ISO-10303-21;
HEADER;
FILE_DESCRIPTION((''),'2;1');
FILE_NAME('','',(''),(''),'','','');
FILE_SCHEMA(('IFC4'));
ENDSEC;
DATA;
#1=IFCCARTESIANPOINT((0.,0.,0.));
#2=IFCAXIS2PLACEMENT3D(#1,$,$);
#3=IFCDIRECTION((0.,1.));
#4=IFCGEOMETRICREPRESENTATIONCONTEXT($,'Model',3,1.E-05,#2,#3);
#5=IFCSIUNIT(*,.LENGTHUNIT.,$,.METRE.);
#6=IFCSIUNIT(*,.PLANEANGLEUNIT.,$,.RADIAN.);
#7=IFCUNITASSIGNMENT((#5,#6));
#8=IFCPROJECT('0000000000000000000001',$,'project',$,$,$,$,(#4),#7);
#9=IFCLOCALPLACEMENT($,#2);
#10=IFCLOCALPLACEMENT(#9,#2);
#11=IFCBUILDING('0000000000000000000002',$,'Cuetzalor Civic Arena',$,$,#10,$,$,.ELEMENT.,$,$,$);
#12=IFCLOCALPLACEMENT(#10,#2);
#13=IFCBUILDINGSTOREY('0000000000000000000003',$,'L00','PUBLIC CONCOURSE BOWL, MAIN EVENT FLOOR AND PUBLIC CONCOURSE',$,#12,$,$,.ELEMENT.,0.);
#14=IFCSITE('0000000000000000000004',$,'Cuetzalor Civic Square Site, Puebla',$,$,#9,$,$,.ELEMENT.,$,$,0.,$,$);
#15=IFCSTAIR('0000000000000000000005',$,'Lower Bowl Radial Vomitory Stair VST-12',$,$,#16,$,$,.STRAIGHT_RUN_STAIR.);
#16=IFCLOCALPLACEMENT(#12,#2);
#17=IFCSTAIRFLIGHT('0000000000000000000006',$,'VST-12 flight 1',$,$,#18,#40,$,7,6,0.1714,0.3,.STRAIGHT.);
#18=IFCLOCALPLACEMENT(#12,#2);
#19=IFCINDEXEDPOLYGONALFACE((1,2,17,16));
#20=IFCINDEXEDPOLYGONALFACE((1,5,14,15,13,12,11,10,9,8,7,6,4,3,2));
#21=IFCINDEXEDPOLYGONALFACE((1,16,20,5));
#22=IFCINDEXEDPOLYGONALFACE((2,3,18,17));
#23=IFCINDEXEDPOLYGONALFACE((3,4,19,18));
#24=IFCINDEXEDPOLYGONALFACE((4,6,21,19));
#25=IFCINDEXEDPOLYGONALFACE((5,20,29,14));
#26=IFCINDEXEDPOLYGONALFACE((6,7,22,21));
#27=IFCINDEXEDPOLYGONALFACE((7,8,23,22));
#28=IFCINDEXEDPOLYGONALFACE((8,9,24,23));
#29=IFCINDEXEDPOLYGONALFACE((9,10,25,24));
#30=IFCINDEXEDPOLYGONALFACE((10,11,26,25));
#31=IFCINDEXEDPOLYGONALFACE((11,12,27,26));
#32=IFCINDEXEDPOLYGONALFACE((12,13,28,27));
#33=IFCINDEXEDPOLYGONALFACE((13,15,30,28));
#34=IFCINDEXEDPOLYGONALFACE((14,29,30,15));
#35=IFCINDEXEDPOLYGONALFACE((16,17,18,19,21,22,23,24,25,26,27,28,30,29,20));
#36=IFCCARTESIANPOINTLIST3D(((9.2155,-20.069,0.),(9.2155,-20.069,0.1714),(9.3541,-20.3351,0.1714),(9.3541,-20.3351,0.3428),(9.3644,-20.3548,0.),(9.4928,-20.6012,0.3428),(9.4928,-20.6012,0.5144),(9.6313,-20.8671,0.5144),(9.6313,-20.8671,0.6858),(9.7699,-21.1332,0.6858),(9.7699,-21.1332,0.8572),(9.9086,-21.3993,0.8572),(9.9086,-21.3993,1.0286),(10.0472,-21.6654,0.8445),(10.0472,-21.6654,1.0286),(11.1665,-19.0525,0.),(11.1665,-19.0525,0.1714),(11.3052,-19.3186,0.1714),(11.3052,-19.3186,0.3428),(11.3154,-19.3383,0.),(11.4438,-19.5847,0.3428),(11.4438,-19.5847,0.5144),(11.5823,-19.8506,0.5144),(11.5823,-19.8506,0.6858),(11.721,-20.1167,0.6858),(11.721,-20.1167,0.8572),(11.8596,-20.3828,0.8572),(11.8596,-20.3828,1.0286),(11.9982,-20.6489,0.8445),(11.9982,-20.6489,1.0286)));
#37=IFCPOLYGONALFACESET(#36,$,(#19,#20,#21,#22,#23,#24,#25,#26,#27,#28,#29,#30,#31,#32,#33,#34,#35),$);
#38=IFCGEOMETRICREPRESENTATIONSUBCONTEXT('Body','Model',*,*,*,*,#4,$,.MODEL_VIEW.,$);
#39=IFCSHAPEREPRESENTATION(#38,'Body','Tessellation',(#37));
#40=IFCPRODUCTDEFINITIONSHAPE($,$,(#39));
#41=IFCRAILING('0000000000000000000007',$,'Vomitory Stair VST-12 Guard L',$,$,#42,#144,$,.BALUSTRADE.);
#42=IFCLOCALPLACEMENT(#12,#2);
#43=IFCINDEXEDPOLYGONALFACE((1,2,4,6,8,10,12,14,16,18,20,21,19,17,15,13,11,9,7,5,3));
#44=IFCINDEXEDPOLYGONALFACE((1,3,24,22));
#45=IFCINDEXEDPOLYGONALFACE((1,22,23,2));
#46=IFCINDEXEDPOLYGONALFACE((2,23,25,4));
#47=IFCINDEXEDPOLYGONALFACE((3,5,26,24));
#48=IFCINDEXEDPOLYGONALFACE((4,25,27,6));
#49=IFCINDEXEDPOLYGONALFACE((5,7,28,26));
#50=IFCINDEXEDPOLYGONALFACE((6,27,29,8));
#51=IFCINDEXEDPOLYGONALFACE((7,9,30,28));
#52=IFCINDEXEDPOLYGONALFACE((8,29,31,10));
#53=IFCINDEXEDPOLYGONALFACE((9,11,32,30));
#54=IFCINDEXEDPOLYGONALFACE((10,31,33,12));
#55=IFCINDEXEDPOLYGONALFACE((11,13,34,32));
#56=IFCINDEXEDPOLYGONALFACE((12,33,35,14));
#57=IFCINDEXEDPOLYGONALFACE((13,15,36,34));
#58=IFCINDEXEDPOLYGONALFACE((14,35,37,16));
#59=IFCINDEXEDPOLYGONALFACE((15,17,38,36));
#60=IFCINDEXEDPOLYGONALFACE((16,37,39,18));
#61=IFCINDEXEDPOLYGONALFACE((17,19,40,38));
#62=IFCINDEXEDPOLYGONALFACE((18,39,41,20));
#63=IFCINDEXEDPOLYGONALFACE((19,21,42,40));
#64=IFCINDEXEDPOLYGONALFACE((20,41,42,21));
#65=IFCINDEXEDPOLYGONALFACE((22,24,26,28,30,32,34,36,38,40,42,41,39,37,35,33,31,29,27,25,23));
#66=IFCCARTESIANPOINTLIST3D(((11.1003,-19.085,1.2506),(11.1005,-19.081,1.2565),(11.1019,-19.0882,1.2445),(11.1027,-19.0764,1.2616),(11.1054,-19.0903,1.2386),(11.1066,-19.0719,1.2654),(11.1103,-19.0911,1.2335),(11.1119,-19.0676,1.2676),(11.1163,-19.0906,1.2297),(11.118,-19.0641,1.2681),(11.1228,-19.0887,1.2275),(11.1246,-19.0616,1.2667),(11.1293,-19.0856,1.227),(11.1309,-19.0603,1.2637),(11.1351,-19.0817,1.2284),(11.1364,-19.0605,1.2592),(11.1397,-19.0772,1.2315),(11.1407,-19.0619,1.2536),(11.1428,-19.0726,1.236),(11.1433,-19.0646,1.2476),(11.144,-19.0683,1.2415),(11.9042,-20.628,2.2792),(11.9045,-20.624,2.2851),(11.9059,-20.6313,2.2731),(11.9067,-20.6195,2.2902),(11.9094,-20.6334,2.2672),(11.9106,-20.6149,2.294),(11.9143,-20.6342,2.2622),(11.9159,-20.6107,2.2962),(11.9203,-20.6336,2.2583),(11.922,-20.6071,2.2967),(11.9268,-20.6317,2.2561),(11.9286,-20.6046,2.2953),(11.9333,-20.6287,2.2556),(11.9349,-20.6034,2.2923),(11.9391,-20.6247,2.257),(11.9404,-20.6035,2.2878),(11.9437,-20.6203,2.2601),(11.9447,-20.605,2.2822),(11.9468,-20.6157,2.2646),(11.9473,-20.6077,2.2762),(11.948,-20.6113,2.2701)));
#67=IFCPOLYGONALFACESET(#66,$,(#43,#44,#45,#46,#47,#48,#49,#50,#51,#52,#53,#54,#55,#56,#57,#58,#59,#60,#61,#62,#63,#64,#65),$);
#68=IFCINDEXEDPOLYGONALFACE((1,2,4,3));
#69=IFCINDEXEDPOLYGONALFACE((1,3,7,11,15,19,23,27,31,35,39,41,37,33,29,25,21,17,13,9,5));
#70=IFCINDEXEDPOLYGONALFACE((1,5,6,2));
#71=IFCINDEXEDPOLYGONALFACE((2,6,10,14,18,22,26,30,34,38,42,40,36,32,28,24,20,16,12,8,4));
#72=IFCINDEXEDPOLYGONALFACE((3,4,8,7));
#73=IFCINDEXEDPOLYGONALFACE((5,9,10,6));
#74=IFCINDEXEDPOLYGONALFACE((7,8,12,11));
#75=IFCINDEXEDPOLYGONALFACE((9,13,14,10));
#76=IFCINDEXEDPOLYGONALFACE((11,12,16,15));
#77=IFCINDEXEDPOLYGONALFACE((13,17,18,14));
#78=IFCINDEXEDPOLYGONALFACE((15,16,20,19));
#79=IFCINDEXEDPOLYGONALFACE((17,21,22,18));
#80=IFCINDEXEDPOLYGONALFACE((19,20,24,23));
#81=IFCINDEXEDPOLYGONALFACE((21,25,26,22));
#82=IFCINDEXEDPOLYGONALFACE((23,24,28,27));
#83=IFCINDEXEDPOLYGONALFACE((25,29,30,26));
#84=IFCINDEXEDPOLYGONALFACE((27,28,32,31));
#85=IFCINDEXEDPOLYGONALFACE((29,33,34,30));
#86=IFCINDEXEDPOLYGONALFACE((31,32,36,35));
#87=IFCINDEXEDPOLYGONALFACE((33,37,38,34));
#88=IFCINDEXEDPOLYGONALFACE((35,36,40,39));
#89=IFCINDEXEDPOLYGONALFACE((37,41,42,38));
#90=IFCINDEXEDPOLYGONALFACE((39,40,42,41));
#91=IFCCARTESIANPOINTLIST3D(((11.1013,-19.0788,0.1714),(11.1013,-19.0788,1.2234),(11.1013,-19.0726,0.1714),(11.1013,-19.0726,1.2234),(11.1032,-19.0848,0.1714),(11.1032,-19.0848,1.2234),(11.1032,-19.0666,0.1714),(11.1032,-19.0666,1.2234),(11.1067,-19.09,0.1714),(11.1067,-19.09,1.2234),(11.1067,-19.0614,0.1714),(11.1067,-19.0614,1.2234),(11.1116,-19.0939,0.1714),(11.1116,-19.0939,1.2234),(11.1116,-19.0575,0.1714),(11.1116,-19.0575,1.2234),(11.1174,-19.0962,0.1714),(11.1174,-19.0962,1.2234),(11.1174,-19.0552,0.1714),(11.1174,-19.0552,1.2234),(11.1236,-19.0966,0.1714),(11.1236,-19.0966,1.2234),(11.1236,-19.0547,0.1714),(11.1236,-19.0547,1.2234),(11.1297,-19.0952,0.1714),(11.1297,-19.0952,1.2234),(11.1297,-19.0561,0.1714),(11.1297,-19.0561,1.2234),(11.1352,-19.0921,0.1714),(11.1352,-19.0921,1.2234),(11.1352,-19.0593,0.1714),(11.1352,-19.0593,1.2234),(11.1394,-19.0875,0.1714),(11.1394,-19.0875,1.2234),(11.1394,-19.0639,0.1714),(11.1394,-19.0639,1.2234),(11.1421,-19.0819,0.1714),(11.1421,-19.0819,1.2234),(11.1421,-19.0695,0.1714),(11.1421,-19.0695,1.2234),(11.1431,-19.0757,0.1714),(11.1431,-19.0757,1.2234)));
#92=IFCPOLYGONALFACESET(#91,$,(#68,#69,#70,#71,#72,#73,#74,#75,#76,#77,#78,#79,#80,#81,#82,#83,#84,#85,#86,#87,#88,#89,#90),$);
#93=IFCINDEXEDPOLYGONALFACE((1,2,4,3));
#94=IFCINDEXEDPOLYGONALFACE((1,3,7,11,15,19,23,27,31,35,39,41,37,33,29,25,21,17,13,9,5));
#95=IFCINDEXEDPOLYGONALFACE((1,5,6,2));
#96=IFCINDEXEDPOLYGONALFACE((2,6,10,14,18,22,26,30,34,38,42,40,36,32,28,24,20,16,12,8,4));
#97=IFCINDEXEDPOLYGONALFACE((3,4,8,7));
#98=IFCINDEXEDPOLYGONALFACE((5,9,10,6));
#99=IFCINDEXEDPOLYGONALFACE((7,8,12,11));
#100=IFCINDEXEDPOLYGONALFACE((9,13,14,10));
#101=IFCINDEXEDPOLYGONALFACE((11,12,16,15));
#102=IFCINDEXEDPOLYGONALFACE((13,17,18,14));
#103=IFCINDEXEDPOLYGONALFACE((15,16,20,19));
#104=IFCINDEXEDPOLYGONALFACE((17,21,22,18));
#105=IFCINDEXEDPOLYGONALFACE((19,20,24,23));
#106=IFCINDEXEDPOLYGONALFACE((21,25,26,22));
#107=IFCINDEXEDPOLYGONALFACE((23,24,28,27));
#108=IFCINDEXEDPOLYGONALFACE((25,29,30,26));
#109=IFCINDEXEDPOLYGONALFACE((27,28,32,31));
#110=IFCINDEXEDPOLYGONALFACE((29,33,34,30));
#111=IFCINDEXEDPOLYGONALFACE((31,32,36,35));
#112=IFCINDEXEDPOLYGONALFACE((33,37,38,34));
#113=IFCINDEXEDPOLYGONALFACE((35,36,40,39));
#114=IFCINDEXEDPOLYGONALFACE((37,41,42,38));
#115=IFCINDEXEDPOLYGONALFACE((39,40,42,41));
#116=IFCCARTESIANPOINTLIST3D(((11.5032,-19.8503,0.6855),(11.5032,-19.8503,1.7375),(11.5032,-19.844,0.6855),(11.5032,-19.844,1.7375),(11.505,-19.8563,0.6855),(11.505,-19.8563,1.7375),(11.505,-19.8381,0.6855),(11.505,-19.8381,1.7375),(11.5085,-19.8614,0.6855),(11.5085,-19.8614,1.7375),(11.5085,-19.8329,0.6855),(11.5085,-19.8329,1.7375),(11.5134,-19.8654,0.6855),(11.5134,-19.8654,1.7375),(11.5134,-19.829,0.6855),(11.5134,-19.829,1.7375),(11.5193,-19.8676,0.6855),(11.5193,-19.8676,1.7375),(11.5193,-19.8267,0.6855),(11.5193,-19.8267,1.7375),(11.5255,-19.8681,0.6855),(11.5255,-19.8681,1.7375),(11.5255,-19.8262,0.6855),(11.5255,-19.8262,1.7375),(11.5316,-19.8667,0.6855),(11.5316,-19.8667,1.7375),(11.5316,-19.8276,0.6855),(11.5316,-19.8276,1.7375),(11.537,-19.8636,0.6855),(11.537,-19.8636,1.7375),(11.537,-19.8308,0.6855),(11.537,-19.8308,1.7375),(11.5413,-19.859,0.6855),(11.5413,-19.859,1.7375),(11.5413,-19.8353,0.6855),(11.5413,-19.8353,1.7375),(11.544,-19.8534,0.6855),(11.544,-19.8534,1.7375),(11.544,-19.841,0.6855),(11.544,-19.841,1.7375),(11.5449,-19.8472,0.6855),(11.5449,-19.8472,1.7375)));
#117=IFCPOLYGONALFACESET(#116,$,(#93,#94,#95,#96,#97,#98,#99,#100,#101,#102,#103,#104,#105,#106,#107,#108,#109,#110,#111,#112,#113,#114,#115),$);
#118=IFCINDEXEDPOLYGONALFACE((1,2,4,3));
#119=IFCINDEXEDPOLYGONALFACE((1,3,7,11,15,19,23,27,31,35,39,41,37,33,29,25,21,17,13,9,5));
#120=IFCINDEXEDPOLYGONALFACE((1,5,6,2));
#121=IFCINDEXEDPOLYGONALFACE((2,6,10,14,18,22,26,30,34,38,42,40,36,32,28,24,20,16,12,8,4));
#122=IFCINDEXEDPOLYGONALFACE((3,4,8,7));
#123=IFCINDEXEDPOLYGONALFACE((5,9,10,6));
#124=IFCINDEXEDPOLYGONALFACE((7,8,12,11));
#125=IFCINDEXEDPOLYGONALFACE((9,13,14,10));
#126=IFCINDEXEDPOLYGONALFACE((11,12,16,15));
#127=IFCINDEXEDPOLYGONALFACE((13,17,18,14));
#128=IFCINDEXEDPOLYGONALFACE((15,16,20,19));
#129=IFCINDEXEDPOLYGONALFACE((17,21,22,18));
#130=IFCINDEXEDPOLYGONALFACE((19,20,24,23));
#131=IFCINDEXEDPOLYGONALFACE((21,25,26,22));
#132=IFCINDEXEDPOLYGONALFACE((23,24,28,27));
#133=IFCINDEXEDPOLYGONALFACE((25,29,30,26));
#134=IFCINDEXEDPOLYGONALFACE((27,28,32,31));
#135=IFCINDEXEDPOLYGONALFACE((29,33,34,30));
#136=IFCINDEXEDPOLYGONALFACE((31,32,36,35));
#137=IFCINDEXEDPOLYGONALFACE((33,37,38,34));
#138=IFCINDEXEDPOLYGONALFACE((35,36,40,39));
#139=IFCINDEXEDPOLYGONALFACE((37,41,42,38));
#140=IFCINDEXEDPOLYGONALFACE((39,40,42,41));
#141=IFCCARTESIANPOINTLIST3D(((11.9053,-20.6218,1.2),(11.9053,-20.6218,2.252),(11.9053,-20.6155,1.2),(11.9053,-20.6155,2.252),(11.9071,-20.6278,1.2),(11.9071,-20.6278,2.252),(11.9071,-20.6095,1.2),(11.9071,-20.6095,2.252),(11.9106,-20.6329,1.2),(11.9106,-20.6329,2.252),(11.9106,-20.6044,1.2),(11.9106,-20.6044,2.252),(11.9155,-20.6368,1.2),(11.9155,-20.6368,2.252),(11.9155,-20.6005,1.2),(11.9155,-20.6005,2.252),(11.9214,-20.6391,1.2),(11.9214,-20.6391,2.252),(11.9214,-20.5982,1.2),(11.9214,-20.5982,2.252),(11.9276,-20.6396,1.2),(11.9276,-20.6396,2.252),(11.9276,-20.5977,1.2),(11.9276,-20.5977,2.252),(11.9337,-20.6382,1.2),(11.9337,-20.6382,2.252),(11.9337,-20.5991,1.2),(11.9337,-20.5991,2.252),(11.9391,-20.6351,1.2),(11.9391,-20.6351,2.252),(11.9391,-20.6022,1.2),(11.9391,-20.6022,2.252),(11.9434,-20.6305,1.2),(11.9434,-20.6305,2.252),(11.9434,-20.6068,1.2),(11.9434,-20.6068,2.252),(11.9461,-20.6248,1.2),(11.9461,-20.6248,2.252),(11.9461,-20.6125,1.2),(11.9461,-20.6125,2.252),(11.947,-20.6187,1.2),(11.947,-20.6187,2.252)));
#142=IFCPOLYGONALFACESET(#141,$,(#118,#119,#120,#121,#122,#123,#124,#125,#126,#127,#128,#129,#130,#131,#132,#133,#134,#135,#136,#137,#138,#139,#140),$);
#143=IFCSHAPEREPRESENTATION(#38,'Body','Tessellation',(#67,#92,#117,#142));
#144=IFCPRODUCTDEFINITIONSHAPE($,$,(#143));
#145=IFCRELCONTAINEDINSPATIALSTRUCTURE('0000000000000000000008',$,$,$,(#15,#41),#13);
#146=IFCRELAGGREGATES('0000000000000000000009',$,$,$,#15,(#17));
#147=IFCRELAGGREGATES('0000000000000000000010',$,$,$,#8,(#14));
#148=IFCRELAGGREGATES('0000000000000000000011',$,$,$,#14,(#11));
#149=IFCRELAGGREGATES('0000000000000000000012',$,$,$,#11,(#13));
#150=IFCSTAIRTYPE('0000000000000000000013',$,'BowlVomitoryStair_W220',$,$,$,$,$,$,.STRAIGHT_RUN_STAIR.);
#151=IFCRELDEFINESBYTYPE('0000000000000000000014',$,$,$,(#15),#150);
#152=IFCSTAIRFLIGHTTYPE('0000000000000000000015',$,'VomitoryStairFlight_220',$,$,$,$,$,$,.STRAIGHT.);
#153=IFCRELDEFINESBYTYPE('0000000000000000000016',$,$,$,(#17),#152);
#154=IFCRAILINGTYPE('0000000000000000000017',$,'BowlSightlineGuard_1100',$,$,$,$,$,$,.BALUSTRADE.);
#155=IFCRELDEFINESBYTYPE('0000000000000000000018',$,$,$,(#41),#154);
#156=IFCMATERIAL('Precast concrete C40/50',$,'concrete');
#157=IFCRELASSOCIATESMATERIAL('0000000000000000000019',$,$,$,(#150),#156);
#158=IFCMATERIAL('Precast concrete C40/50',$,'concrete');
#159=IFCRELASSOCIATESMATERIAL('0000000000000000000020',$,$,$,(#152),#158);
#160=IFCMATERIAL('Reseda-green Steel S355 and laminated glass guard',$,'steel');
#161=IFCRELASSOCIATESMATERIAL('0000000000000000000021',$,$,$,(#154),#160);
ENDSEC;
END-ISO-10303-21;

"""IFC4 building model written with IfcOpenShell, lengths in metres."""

from ifc_helpers import new_model, si_unit, direction, frame, origin, origin_2d, place, context, subcontext, project, spatial, polyline, circle, outline, extrude, material, type_object, element, aggregate, save


model = new_model("IFC4")

# Units and contexts
model_context = context("Model", 3, precision=1e-05, world=origin(), true_north=direction((0.0, 1.0)))
body_context = subcontext(model_context, "Body", "Model", "MODEL_VIEW")
ifc_project = project(units=[si_unit("LENGTHUNIT", "METRE"), si_unit("PLANEANGLEUNIT", "RADIAN")], contexts=[model_context])

# Site, building, storey
site_placement = place(None, origin())
site = spatial("IfcSite", under=ifc_project, at=site_placement, Name="Cuetzalor Civic Square Site, Puebla", CompositionType="ELEMENT", RefElevation=0.0)
building_placement = place(site_placement, origin())
building = spatial("IfcBuilding", under=site, at=building_placement, Name="Cuetzalor Civic Arena", CompositionType="ELEMENT")
storey_placement = place(building_placement, origin())
storey = spatial("IfcBuildingStorey", under=building, at=storey_placement, Name="L00", Description="PUBLIC CONCOURSE BOWL, MAIN EVENT FLOOR AND PUBLIC CONCOURSE", CompositionType="ELEMENT", Elevation=0.0)

# Stair, stair flight
ifc_material_1 = material(Name="Precast concrete C40/50", Category="concrete")
stair_type = type_object("IfcStairType", Name="BowlVomitoryStair_W220", PredefinedType="STRAIGHT_RUN_STAIR", material=ifc_material_1)
stair_placement = place(storey_placement, origin())
stair = element("IfcStair", 1, at=stair_placement, inside=storey, type_object=stair_type, Name="Lower Bowl Radial Vomitory Stair VST-12", PredefinedType="STRAIGHT_RUN_STAIR")
ifc_material_2 = material(Name="Precast concrete C40/50", Category="concrete")
stair_flight_type = type_object("IfcStairFlightType", Name="VomitoryStairFlight_220", PredefinedType="STRAIGHT", material=ifc_material_2)
stair_flight_placement = place(storey_placement, frame((10.1909, -19.5608, 0.0), z_axis=(0.0, 0.0, 1.0), x_axis=(0.462043, -0.886858, 0.0)))
stair_flight = element("IfcStairFlight", 2, at=stair_flight_placement, type_object=stair_flight_type, Name="VST-12 flight 1", NumberOfRisers=7, NumberOfTreads=6, PredefinedType="STRAIGHT", RiserHeight=0.1714, TreadLength=0.3, context=body_context, shape_type="SweptSolid", body=[
    extrude(outline(polyline([(0.0, 0.0), (0.0, 0.1714), (0.3, 0.1714), (0.3, 0.3428), (0.6001, 0.3428), (0.6001, 0.5144), (0.8999, 0.5144), (0.8999, 0.6858), (1.2, 0.6858), (1.2, 0.8572), (1.5, 0.8572), (1.5, 1.0286), (1.8, 1.0286), (1.8, 1.2), (1.8, 0.8445), (0.3223, 0.0), (0.0, 0.0)])), frame((0.0, 1.1001, 0.0), z_axis=(0.0, -1.0, 0.0), x_axis=(1.0, 0.0, 0.0)), (0.0, 0.0, 1.0), 2.2),
])
aggregate(stair, [stair_flight])

# Railing
ifc_material_3 = material(Name="Reseda-green Steel S355 and laminated glass guard", Category="steel")
railing_type_1 = type_object("IfcRailingType", Name="BowlSightlineGuard_1100", PredefinedType="BALUSTRADE", material=ifc_material_3)
railing_1_placement = place(storey_placement, frame((11.1221, -19.0757, 0.1714)))
element("IfcRailing", 3, at=railing_1_placement, inside=storey, type_object=railing_type_1, Name="Vomitory Stair VST-12 Guard L", PredefinedType="BALUSTRADE", context=body_context, shape_type="SweptSolid", body=[
    extrude(circle(Radius=0.0239, at=origin_2d()), frame((0.0, 0.0, 1.0762), z_axis=(0.397771, -0.763412, 0.508901), x_axis=(0.886837, 0.462082, 0.0)), (0.0, 0.0, 1.0), 2.0212),
    extrude(circle(Radius=0.021, at=origin_2d()), origin(), (0.0, 0.0, 1.0), 1.052),
    extrude(circle(Radius=0.021, at=origin_2d()), frame((0.4019, -0.7715, 0.5142)), (0.0, 0.0, 1.0), 1.052),
    extrude(circle(Radius=0.021, at=origin_2d()), frame((0.804, -1.543, 1.0286)), (0.0, 0.0, 1.0), 1.052),
])

save(model, "model.ifc")
